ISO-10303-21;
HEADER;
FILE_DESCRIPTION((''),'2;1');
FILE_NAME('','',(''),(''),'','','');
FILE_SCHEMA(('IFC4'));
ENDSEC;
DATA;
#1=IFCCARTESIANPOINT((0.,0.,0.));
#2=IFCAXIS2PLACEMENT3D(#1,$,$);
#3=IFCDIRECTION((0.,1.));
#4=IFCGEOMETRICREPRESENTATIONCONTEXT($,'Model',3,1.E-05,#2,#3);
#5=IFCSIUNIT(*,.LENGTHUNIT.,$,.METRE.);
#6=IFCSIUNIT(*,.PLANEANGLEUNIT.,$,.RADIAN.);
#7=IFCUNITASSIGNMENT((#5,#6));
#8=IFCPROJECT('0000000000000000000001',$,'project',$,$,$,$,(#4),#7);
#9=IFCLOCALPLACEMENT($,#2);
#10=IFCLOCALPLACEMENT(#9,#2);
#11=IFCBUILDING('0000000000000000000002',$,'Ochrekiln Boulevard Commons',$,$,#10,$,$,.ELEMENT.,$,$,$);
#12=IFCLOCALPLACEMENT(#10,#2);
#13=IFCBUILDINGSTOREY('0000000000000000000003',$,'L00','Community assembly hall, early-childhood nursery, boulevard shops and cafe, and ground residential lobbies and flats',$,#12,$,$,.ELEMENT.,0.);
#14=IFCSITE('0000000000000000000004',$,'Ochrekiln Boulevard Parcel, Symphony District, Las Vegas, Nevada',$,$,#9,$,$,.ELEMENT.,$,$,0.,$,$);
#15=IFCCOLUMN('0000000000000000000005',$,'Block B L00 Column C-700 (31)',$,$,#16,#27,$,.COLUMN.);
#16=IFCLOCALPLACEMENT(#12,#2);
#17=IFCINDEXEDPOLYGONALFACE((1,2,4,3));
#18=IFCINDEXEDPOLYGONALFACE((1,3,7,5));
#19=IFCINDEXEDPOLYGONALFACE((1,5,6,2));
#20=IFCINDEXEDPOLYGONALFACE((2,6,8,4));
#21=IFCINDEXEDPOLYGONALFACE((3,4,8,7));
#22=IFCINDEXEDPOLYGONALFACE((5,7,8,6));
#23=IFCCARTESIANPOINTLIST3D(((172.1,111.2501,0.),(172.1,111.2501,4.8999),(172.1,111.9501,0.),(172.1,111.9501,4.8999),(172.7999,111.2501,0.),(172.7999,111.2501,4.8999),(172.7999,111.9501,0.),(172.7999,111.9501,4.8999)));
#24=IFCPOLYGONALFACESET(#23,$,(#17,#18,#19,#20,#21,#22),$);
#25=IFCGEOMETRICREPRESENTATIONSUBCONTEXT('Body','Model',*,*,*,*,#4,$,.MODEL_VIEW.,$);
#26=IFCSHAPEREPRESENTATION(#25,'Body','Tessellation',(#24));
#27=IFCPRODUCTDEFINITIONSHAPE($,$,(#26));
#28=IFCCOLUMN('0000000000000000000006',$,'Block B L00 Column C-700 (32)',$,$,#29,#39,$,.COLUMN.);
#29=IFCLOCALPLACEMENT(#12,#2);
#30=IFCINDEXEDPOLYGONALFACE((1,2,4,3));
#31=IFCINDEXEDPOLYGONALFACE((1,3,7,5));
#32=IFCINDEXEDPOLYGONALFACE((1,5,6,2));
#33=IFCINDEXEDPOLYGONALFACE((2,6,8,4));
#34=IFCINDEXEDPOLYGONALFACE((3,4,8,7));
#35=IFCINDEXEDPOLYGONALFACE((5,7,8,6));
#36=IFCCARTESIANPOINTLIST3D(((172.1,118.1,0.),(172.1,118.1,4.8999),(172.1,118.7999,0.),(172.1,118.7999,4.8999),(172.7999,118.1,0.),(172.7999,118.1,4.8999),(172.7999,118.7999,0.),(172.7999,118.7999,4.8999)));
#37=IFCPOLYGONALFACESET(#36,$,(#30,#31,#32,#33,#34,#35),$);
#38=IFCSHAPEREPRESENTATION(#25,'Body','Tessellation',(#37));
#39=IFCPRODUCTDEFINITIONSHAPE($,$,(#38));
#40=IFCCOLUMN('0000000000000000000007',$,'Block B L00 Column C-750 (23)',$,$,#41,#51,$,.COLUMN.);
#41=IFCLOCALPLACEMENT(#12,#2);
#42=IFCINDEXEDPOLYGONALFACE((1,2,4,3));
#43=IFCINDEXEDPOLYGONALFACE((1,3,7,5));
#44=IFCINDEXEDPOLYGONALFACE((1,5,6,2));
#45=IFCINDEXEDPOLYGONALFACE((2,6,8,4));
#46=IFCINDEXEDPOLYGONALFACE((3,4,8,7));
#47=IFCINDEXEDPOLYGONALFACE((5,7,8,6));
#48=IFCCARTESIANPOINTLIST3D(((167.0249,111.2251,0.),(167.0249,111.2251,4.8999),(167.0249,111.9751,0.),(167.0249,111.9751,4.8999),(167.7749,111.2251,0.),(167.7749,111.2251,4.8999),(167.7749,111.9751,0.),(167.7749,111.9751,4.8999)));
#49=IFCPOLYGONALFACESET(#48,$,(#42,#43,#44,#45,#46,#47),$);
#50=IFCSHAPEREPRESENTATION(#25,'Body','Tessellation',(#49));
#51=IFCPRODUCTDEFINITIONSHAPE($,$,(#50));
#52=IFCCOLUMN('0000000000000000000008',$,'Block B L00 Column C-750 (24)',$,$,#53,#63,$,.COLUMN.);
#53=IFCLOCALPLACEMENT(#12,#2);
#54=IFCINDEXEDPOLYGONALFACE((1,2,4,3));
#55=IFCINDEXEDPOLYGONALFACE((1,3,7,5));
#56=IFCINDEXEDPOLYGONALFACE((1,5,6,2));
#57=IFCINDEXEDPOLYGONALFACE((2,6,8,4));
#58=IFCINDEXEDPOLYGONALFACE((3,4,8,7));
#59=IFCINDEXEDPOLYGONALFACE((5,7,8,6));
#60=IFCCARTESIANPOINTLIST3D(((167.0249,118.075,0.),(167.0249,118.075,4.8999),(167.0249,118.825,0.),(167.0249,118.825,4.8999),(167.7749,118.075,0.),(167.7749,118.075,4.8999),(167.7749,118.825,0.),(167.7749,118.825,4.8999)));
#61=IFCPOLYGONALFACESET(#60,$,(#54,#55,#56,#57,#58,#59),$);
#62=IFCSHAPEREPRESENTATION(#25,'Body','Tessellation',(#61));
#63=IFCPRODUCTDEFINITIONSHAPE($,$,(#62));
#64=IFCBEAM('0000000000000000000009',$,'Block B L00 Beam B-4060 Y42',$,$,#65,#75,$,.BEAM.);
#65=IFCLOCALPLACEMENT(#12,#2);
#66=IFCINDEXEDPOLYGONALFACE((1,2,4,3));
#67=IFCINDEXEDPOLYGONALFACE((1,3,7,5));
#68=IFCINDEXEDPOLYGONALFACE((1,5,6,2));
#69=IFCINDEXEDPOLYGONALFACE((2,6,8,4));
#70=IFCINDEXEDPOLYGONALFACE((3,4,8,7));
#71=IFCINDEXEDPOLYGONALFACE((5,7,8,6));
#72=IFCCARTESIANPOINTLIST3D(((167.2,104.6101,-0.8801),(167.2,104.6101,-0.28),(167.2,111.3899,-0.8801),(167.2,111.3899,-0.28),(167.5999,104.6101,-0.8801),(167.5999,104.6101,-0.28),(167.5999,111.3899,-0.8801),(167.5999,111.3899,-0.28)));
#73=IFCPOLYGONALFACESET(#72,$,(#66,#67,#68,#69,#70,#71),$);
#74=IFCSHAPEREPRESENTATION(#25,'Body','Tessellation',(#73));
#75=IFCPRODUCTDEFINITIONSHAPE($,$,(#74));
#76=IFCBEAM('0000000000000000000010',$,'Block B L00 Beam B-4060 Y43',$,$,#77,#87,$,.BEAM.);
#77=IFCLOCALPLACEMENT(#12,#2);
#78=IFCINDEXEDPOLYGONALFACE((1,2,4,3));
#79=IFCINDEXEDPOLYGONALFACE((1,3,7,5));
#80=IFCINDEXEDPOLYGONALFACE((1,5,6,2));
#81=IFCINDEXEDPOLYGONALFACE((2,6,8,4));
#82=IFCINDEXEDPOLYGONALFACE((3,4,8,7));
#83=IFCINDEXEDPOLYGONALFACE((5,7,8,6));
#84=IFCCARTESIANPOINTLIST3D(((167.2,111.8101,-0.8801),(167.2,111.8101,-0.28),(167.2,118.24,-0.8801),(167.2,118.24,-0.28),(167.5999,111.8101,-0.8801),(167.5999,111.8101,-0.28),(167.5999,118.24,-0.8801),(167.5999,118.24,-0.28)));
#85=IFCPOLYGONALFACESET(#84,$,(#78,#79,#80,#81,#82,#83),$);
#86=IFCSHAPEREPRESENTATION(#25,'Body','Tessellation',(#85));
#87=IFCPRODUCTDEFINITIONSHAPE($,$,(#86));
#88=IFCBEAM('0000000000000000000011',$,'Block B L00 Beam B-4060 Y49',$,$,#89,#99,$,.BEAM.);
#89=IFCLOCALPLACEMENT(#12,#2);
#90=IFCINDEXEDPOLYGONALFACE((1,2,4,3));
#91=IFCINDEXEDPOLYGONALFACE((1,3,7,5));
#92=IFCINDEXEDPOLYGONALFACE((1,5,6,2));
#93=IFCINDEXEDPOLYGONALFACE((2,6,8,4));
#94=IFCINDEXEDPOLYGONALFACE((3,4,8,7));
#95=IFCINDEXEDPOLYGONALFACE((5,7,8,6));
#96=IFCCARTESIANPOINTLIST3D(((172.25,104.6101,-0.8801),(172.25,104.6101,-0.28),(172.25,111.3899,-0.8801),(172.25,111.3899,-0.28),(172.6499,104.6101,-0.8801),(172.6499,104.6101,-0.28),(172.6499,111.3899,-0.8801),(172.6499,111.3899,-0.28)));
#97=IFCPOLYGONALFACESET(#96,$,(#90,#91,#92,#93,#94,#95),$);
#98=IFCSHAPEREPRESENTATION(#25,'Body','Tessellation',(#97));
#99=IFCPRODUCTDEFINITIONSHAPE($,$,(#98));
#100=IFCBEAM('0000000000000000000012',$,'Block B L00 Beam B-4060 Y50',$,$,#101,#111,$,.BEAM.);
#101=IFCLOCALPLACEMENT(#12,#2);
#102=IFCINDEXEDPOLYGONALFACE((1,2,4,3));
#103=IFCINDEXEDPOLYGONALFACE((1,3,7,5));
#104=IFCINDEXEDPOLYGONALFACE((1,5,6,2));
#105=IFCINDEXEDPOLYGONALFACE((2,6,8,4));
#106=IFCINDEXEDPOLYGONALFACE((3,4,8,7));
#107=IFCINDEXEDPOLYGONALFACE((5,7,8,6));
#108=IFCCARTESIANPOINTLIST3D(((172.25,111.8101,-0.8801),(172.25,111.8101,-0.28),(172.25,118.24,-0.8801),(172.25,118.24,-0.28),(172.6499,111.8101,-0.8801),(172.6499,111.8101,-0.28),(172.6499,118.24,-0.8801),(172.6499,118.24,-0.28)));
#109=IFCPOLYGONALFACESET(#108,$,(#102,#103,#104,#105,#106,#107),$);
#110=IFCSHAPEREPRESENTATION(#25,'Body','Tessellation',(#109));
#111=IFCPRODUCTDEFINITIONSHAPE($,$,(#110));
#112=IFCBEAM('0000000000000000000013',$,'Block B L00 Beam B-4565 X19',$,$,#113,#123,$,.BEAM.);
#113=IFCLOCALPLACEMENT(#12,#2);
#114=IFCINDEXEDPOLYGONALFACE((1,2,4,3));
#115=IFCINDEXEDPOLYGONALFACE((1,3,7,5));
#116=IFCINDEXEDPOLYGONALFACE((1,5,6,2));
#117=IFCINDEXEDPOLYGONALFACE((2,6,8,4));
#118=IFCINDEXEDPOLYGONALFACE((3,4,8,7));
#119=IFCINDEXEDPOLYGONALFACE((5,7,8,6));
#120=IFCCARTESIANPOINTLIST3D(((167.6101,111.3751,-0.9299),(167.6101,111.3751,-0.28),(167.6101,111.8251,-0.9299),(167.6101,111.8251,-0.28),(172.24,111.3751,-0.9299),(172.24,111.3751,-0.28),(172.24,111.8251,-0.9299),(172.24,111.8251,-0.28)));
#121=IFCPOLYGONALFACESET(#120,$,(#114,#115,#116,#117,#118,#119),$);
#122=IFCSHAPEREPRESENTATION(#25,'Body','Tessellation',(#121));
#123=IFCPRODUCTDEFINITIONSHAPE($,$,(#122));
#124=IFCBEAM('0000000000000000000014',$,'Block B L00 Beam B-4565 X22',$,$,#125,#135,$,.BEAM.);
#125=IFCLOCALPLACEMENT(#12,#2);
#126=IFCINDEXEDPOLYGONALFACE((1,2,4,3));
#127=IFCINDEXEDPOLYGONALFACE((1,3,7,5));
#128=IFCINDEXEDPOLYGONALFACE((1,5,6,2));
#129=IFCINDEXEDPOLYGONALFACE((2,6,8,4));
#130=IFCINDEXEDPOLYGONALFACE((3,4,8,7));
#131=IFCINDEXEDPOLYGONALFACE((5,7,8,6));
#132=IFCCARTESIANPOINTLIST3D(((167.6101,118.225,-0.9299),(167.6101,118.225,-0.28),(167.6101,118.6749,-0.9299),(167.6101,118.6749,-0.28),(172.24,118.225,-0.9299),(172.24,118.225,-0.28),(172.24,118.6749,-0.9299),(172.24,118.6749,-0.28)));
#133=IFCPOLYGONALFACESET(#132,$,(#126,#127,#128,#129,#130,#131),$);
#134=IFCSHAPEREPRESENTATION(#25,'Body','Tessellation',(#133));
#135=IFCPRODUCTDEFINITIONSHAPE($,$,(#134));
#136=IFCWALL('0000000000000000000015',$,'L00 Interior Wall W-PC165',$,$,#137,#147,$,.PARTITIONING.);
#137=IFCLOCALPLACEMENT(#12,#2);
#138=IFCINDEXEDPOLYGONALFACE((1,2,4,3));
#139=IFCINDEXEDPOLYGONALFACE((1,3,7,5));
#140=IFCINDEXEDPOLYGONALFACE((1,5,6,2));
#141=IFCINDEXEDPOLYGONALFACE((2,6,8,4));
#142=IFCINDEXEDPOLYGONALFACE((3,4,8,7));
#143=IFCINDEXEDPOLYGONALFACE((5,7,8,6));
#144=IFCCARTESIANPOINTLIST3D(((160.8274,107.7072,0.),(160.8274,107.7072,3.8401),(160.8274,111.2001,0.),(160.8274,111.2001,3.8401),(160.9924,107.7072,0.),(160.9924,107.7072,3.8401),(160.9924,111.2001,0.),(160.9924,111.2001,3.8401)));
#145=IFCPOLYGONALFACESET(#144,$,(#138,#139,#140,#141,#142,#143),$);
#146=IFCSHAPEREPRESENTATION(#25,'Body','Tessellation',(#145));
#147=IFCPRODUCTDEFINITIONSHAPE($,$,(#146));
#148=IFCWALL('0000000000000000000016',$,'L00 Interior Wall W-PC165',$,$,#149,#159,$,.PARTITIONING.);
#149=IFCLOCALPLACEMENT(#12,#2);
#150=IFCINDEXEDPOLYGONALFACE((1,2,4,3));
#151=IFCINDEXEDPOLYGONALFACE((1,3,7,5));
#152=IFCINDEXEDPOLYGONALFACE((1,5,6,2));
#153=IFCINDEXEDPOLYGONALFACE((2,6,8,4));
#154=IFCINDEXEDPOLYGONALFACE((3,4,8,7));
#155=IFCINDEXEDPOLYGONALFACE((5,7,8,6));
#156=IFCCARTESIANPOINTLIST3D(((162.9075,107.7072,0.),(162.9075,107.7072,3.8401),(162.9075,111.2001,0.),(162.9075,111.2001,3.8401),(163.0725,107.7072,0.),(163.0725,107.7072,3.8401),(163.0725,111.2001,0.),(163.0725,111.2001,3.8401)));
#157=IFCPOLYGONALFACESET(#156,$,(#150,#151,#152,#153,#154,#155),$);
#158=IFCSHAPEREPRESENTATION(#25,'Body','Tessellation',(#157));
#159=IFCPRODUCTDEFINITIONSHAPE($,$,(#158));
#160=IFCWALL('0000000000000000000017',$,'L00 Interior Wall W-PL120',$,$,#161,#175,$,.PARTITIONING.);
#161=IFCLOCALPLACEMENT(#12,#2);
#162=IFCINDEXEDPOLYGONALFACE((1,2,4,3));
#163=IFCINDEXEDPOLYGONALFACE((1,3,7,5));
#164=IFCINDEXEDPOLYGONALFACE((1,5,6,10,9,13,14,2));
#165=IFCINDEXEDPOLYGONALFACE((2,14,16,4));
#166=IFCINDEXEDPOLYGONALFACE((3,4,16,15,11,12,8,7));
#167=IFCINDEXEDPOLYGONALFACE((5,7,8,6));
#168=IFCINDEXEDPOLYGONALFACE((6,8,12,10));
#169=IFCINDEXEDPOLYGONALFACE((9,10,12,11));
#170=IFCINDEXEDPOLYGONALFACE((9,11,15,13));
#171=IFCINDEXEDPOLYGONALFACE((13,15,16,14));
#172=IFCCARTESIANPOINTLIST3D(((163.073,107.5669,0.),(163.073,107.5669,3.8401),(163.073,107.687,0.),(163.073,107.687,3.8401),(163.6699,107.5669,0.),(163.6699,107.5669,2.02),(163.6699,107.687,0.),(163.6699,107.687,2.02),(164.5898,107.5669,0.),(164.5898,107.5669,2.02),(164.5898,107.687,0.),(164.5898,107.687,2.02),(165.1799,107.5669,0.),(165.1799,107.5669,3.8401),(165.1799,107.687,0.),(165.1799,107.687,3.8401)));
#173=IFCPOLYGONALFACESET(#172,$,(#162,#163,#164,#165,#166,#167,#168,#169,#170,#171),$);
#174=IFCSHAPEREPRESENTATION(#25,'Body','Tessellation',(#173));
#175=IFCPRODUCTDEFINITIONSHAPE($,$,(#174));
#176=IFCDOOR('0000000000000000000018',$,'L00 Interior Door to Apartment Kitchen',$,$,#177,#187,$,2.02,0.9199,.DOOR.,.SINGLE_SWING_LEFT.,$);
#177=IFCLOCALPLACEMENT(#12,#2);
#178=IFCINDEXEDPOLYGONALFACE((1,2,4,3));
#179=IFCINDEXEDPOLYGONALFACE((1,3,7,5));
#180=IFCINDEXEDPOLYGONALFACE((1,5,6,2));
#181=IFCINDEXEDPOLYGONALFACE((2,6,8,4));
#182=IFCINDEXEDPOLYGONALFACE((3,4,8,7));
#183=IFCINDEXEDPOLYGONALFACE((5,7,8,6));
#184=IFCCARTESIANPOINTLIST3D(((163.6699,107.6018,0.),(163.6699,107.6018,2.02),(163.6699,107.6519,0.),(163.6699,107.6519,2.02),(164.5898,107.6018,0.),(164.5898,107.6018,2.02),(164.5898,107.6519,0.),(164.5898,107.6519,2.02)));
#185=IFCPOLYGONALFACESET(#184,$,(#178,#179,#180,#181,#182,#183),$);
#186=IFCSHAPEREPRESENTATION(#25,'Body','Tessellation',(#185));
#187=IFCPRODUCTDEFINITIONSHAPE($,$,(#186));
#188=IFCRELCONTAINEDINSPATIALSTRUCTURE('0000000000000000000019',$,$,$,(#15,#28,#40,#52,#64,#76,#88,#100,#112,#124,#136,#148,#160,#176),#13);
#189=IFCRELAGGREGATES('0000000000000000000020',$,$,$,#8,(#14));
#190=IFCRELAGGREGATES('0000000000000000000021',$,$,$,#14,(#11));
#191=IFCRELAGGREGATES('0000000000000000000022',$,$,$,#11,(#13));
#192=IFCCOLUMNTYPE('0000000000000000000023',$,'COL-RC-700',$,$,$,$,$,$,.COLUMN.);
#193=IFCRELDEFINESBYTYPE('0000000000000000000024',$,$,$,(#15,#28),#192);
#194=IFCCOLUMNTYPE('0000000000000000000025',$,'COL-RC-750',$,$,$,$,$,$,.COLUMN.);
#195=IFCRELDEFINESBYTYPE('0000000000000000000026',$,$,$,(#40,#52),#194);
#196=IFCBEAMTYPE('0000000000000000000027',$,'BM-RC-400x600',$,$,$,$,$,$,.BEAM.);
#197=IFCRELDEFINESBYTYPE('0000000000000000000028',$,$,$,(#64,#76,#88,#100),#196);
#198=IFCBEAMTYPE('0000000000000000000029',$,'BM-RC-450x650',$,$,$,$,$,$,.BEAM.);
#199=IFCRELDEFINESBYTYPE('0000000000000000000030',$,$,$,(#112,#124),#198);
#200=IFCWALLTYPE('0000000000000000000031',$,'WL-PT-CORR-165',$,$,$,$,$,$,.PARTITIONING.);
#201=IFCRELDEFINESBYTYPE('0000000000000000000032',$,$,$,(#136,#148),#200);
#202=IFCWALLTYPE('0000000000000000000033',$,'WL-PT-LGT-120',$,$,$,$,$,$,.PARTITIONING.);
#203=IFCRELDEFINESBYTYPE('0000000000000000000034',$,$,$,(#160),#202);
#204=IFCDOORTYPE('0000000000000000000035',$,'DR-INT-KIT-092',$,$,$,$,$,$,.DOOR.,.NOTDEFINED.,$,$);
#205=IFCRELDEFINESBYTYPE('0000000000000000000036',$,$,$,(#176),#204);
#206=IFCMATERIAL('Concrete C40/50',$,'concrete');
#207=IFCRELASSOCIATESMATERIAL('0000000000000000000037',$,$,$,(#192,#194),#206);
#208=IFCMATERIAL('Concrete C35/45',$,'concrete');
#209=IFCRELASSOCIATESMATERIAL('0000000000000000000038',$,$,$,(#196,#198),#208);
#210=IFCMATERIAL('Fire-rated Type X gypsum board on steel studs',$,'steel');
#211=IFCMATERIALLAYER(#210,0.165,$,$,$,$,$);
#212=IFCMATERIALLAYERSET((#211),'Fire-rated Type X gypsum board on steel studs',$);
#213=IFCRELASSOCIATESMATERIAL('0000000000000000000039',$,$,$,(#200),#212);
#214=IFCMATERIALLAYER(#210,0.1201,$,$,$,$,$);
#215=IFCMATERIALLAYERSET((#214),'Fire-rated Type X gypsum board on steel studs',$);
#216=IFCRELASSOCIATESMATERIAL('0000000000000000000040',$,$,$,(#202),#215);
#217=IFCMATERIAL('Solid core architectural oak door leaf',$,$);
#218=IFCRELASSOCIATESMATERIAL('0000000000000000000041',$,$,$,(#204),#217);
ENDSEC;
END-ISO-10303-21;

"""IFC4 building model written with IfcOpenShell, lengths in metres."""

from ifc_helpers import new_model, si_unit, direction, frame, frame_2d, origin, origin_2d, place, context, subcontext, project, spatial, rectangle, extrude, material, layer, layer_set, material_profile, profile_set, type_object, element, fill, save


model = new_model("IFC4")

# Units and contexts
model_context = context("Model", 3, precision=1e-05, world=origin(), true_north=direction((0.0, 1.0)))
body_context = subcontext(model_context, "Body", "Model", "MODEL_VIEW")
ifc_project = project(units=[si_unit("LENGTHUNIT", "METRE"), si_unit("PLANEANGLEUNIT", "RADIAN")], contexts=[model_context])

# Site, building, storey
site_placement = place(None, origin())
site = spatial("IfcSite", under=ifc_project, at=site_placement, Name="Ochrekiln Boulevard Parcel, Symphony District, Las Vegas, Nevada", CompositionType="ELEMENT", RefElevation=0.0)
building_placement = place(site_placement, origin())
building = spatial("IfcBuilding", under=site, at=building_placement, Name="Ochrekiln Boulevard Commons", CompositionType="ELEMENT")
storey_placement = place(building_placement, origin())
storey = spatial("IfcBuildingStorey", under=building, at=storey_placement, Name="L00", Description="Community assembly hall, early-childhood nursery, boulevard shops and cafe, and ground residential lobbies and flats", CompositionType="ELEMENT", Elevation=0.0)

# Columns
ifc_material_1 = material(Name="Concrete C40/50", Category="concrete")
ifc_material_profile_1 = material_profile(ifc_material_1, rectangle(XDim=0.7, YDim=0.7, at=origin_2d()), Name="RC-COL-700x700")
ifc_profile_set_1 = profile_set([ifc_material_profile_1], Name="Concrete C40/50")
column_type_1 = type_object("IfcColumnType", Name="COL-RC-700", PredefinedType="COLUMN", material=ifc_profile_set_1)
for number, where, z_axis, x_axis, name in (
    (1, (172.45, 111.6001, 0.0), (0.0, 0.0, 1.0), (1.0, 0.0, 0.0), "Block B L00 Column C-700 (31)"),
    (2, (172.45, 118.45, 0.0), (0.0, 0.0, 1.0), (1.0, 0.0, 0.0), "Block B L00 Column C-700 (32)"),
):
    element("IfcColumn", number, at=place(storey_placement, frame(where, z_axis=z_axis, x_axis=x_axis)), inside=storey, type_object=column_type_1, Name=name, PredefinedType="COLUMN", context=body_context, shape_type="SweptSolid", body=[
        extrude(rectangle(XDim=0.7, YDim=0.7, at=origin_2d()), origin(), (0.0, 0.0, 1.0), 4.8999),
    ])
ifc_material_profile_2 = material_profile(ifc_material_1, rectangle(XDim=0.75, YDim=0.75, at=origin_2d()), Name="RC-COL-750x750")
ifc_profile_set_2 = profile_set([ifc_material_profile_2], Name="Concrete C40/50")
column_type_2 = type_object("IfcColumnType", Name="COL-RC-750", PredefinedType="COLUMN", material=ifc_profile_set_2)
for number, where, z_axis, x_axis, name in (
    (3, (167.3999, 111.6001, 0.0), (0.0, 0.0, 1.0), (1.0, 0.0, 0.0), "Block B L00 Column C-750 (23)"),
    (4, (167.3999, 118.45, 0.0), (0.0, 0.0, 1.0), (1.0, 0.0, 0.0), "Block B L00 Column C-750 (24)"),
):
    element("IfcColumn", number, at=place(storey_placement, frame(where, z_axis=z_axis, x_axis=x_axis)), inside=storey, type_object=column_type_2, Name=name, PredefinedType="COLUMN", context=body_context, shape_type="SweptSolid", body=[
        extrude(rectangle(XDim=0.75, YDim=0.75, at=origin_2d()), origin(), (0.0, 0.0, 1.0), 4.8999),
    ])

# Beams
ifc_material_2 = material(Name="Concrete C35/45", Category="concrete")
ifc_material_profile_3 = material_profile(ifc_material_2, rectangle(XDim=0.3999, YDim=0.6001, at=origin_2d()), Name="RC-BM-400x600")
ifc_profile_set_3 = profile_set([ifc_material_profile_3], Name="Concrete C35/45")
beam_type_1 = type_object("IfcBeamType", Name="BM-RC-400x600", PredefinedType="BEAM", material=ifc_profile_set_3)
beam_1_placement = place(storey_placement, frame((167.3999, 104.6101, -0.5801), z_axis=(0.0, 1.0, 0.0), x_axis=(-1.0, 0.0, 0.0)))
element("IfcBeam", 5, at=beam_1_placement, inside=storey, type_object=beam_type_1, Name="Block B L00 Beam B-4060 Y42", PredefinedType="BEAM", context=body_context, shape_type="SweptSolid", body=[
    extrude(rectangle(XDim=0.3999, YDim=0.6001, at=origin_2d()), origin(), (0.0, 0.0, 1.0), 6.7798),
])
beam_2_placement = place(storey_placement, frame((167.3999, 111.8101, -0.5801), z_axis=(0.0, 1.0, 0.0), x_axis=(-1.0, 0.0, 0.0)))
element("IfcBeam", 6, at=beam_2_placement, inside=storey, type_object=beam_type_1, Name="Block B L00 Beam B-4060 Y43", PredefinedType="BEAM", context=body_context, shape_type="SweptSolid", body=[
    extrude(rectangle(XDim=0.3999, YDim=0.6001, at=origin_2d()), origin(), (0.0, 0.0, 1.0), 6.4299),
])
beam_3_placement = place(storey_placement, frame((172.45, 104.6101, -0.5801), z_axis=(0.0, 1.0, 0.0), x_axis=(-1.0, 0.0, 0.0)))
element("IfcBeam", 7, at=beam_3_placement, inside=storey, type_object=beam_type_1, Name="Block B L00 Beam B-4060 Y49", PredefinedType="BEAM", context=body_context, shape_type="SweptSolid", body=[
    extrude(rectangle(XDim=0.3999, YDim=0.6001, at=origin_2d()), origin(), (0.0, 0.0, 1.0), 6.7798),
])
beam_4_placement = place(storey_placement, frame((172.45, 111.8101, -0.5801), z_axis=(0.0, 1.0, 0.0), x_axis=(-1.0, 0.0, 0.0)))
element("IfcBeam", 8, at=beam_4_placement, inside=storey, type_object=beam_type_1, Name="Block B L00 Beam B-4060 Y50", PredefinedType="BEAM", context=body_context, shape_type="SweptSolid", body=[
    extrude(rectangle(XDim=0.3999, YDim=0.6001, at=origin_2d()), origin(), (0.0, 0.0, 1.0), 6.4299),
])
ifc_material_profile_4 = material_profile(ifc_material_2, rectangle(XDim=0.45, YDim=0.6499, at=origin_2d()), Name="RC-BM-450x650")
ifc_profile_set_4 = profile_set([ifc_material_profile_4], Name="Concrete C35/45")
beam_type_2 = type_object("IfcBeamType", Name="BM-RC-450x650", PredefinedType="BEAM", material=ifc_profile_set_4)
for number, where, z_axis, x_axis, name in (
    (9, (167.6101, 111.6001, -0.605), (1.0, 0.0, 0.0), (0.0, 1.0, 0.0), "Block B L00 Beam B-4565 X19"),
    (10, (167.6101, 118.45, -0.605), (1.0, 0.0, 0.0), (0.0, 1.0, 0.0), "Block B L00 Beam B-4565 X22"),
):
    element("IfcBeam", number, at=place(storey_placement, frame(where, z_axis=z_axis, x_axis=x_axis)), inside=storey, type_object=beam_type_2, Name=name, PredefinedType="BEAM", context=body_context, shape_type="SweptSolid", body=[
        extrude(rectangle(XDim=0.45, YDim=0.6499, at=origin_2d()), origin(), (0.0, 0.0, 1.0), 4.6299),
    ])

# Walls
ifc_material_3 = material(Name="Fire-rated Type X gypsum board on steel studs", Category="steel")
ifc_layer_1 = layer(ifc_material_3, 0.165)
ifc_layer_set_1 = layer_set([ifc_layer_1], Name="Fire-rated Type X gypsum board on steel studs")
wall_type_1 = type_object("IfcWallType", Name="WL-PT-CORR-165", PredefinedType="PARTITIONING", material=ifc_layer_set_1)
for number, where, z_axis, x_axis, name in (
    (11, (160.9099, 107.707, 0.0), (0.0, 0.0, 1.0), (0.0, 1.0, 0.0), "L00 Interior Wall W-PC165"),
    (12, (162.99, 107.707, 0.0), (0.0, 0.0, 1.0), (0.0, 1.0, 0.0), "L00 Interior Wall W-PC165"),
):
    element("IfcWall", number, at=place(storey_placement, frame(where, z_axis=z_axis, x_axis=x_axis)), inside=storey, type_object=wall_type_1, Name=name, PredefinedType="PARTITIONING", context=body_context, shape_type="SweptSolid", body=[
        extrude(rectangle(XDim=3.4929, YDim=0.165, at=frame_2d((1.7466, 0.0))), origin(), (0.0, 0.0, 1.0), 3.8401),
    ])

# Wall, opening, door
ifc_layer_2 = layer(ifc_material_3, 0.1201)
ifc_layer_set_2 = layer_set([ifc_layer_2], Name="Fire-rated Type X gypsum board on steel studs")
wall_type_2 = type_object("IfcWallType", Name="WL-PT-LGT-120", PredefinedType="PARTITIONING", material=ifc_layer_set_2)
wall_1_placement = place(storey_placement, frame((163.073, 107.627, 0.0), z_axis=(0.0, 0.0, 1.0), x_axis=(1.0, 0.0, 0.0)))
wall_1 = element("IfcWall", 13, at=wall_1_placement, inside=storey, type_object=wall_type_2, Name="L00 Interior Wall W-PL120", PredefinedType="PARTITIONING", context=body_context, shape_type="SweptSolid", body=[
    extrude(rectangle(XDim=2.1069, YDim=0.1201, at=frame_2d((1.0535, 0.0))), origin(), (0.0, 0.0, 1.0), 3.8401),
])
opening_1_placement = place(wall_1_placement, frame((0.5969, 0.0, 0.0)))
opening_1 = element("IfcOpeningElement", 14, at=opening_1_placement, cuts=wall_1, PredefinedType="OPENING", context=body_context, shape_type="SweptSolid", body=[
    extrude(rectangle(XDim=0.9199, YDim=2.02, at=frame_2d((0.46, 1.01))), frame((0.0, 0.0701, 0.0), z_axis=(0.0, -1.0, 0.0), x_axis=(1.0, 0.0, 0.0)), (0.0, 0.0, 1.0), 0.1401),
])
ifc_material_4 = material(Name="Solid core architectural oak door leaf")
door_type_1 = type_object("IfcDoorType", Name="DR-INT-KIT-092", OperationType="NOTDEFINED", PredefinedType="DOOR", material=ifc_material_4)
door_1_placement = place(opening_1_placement, origin())
door_1 = element("IfcDoor", 15, at=door_1_placement, inside=storey, type_object=door_type_1, Name="L00 Interior Door to Apartment Kitchen", OperationType="SINGLE_SWING_LEFT", OverallHeight=2.02, OverallWidth=0.9199, PredefinedType="DOOR", context=body_context, shape_type="SweptSolid", body=[
    extrude(rectangle(XDim=0.9199, YDim=2.02, at=frame_2d((0.46, 1.01))), frame((0.0, 0.0249, 0.0), z_axis=(0.0, -1.0, 0.0), x_axis=(1.0, 0.0, 0.0)), (0.0, 0.0, 1.0), 0.05),
])
fill(opening_1, door_1)

save(model, "model.ifc")
